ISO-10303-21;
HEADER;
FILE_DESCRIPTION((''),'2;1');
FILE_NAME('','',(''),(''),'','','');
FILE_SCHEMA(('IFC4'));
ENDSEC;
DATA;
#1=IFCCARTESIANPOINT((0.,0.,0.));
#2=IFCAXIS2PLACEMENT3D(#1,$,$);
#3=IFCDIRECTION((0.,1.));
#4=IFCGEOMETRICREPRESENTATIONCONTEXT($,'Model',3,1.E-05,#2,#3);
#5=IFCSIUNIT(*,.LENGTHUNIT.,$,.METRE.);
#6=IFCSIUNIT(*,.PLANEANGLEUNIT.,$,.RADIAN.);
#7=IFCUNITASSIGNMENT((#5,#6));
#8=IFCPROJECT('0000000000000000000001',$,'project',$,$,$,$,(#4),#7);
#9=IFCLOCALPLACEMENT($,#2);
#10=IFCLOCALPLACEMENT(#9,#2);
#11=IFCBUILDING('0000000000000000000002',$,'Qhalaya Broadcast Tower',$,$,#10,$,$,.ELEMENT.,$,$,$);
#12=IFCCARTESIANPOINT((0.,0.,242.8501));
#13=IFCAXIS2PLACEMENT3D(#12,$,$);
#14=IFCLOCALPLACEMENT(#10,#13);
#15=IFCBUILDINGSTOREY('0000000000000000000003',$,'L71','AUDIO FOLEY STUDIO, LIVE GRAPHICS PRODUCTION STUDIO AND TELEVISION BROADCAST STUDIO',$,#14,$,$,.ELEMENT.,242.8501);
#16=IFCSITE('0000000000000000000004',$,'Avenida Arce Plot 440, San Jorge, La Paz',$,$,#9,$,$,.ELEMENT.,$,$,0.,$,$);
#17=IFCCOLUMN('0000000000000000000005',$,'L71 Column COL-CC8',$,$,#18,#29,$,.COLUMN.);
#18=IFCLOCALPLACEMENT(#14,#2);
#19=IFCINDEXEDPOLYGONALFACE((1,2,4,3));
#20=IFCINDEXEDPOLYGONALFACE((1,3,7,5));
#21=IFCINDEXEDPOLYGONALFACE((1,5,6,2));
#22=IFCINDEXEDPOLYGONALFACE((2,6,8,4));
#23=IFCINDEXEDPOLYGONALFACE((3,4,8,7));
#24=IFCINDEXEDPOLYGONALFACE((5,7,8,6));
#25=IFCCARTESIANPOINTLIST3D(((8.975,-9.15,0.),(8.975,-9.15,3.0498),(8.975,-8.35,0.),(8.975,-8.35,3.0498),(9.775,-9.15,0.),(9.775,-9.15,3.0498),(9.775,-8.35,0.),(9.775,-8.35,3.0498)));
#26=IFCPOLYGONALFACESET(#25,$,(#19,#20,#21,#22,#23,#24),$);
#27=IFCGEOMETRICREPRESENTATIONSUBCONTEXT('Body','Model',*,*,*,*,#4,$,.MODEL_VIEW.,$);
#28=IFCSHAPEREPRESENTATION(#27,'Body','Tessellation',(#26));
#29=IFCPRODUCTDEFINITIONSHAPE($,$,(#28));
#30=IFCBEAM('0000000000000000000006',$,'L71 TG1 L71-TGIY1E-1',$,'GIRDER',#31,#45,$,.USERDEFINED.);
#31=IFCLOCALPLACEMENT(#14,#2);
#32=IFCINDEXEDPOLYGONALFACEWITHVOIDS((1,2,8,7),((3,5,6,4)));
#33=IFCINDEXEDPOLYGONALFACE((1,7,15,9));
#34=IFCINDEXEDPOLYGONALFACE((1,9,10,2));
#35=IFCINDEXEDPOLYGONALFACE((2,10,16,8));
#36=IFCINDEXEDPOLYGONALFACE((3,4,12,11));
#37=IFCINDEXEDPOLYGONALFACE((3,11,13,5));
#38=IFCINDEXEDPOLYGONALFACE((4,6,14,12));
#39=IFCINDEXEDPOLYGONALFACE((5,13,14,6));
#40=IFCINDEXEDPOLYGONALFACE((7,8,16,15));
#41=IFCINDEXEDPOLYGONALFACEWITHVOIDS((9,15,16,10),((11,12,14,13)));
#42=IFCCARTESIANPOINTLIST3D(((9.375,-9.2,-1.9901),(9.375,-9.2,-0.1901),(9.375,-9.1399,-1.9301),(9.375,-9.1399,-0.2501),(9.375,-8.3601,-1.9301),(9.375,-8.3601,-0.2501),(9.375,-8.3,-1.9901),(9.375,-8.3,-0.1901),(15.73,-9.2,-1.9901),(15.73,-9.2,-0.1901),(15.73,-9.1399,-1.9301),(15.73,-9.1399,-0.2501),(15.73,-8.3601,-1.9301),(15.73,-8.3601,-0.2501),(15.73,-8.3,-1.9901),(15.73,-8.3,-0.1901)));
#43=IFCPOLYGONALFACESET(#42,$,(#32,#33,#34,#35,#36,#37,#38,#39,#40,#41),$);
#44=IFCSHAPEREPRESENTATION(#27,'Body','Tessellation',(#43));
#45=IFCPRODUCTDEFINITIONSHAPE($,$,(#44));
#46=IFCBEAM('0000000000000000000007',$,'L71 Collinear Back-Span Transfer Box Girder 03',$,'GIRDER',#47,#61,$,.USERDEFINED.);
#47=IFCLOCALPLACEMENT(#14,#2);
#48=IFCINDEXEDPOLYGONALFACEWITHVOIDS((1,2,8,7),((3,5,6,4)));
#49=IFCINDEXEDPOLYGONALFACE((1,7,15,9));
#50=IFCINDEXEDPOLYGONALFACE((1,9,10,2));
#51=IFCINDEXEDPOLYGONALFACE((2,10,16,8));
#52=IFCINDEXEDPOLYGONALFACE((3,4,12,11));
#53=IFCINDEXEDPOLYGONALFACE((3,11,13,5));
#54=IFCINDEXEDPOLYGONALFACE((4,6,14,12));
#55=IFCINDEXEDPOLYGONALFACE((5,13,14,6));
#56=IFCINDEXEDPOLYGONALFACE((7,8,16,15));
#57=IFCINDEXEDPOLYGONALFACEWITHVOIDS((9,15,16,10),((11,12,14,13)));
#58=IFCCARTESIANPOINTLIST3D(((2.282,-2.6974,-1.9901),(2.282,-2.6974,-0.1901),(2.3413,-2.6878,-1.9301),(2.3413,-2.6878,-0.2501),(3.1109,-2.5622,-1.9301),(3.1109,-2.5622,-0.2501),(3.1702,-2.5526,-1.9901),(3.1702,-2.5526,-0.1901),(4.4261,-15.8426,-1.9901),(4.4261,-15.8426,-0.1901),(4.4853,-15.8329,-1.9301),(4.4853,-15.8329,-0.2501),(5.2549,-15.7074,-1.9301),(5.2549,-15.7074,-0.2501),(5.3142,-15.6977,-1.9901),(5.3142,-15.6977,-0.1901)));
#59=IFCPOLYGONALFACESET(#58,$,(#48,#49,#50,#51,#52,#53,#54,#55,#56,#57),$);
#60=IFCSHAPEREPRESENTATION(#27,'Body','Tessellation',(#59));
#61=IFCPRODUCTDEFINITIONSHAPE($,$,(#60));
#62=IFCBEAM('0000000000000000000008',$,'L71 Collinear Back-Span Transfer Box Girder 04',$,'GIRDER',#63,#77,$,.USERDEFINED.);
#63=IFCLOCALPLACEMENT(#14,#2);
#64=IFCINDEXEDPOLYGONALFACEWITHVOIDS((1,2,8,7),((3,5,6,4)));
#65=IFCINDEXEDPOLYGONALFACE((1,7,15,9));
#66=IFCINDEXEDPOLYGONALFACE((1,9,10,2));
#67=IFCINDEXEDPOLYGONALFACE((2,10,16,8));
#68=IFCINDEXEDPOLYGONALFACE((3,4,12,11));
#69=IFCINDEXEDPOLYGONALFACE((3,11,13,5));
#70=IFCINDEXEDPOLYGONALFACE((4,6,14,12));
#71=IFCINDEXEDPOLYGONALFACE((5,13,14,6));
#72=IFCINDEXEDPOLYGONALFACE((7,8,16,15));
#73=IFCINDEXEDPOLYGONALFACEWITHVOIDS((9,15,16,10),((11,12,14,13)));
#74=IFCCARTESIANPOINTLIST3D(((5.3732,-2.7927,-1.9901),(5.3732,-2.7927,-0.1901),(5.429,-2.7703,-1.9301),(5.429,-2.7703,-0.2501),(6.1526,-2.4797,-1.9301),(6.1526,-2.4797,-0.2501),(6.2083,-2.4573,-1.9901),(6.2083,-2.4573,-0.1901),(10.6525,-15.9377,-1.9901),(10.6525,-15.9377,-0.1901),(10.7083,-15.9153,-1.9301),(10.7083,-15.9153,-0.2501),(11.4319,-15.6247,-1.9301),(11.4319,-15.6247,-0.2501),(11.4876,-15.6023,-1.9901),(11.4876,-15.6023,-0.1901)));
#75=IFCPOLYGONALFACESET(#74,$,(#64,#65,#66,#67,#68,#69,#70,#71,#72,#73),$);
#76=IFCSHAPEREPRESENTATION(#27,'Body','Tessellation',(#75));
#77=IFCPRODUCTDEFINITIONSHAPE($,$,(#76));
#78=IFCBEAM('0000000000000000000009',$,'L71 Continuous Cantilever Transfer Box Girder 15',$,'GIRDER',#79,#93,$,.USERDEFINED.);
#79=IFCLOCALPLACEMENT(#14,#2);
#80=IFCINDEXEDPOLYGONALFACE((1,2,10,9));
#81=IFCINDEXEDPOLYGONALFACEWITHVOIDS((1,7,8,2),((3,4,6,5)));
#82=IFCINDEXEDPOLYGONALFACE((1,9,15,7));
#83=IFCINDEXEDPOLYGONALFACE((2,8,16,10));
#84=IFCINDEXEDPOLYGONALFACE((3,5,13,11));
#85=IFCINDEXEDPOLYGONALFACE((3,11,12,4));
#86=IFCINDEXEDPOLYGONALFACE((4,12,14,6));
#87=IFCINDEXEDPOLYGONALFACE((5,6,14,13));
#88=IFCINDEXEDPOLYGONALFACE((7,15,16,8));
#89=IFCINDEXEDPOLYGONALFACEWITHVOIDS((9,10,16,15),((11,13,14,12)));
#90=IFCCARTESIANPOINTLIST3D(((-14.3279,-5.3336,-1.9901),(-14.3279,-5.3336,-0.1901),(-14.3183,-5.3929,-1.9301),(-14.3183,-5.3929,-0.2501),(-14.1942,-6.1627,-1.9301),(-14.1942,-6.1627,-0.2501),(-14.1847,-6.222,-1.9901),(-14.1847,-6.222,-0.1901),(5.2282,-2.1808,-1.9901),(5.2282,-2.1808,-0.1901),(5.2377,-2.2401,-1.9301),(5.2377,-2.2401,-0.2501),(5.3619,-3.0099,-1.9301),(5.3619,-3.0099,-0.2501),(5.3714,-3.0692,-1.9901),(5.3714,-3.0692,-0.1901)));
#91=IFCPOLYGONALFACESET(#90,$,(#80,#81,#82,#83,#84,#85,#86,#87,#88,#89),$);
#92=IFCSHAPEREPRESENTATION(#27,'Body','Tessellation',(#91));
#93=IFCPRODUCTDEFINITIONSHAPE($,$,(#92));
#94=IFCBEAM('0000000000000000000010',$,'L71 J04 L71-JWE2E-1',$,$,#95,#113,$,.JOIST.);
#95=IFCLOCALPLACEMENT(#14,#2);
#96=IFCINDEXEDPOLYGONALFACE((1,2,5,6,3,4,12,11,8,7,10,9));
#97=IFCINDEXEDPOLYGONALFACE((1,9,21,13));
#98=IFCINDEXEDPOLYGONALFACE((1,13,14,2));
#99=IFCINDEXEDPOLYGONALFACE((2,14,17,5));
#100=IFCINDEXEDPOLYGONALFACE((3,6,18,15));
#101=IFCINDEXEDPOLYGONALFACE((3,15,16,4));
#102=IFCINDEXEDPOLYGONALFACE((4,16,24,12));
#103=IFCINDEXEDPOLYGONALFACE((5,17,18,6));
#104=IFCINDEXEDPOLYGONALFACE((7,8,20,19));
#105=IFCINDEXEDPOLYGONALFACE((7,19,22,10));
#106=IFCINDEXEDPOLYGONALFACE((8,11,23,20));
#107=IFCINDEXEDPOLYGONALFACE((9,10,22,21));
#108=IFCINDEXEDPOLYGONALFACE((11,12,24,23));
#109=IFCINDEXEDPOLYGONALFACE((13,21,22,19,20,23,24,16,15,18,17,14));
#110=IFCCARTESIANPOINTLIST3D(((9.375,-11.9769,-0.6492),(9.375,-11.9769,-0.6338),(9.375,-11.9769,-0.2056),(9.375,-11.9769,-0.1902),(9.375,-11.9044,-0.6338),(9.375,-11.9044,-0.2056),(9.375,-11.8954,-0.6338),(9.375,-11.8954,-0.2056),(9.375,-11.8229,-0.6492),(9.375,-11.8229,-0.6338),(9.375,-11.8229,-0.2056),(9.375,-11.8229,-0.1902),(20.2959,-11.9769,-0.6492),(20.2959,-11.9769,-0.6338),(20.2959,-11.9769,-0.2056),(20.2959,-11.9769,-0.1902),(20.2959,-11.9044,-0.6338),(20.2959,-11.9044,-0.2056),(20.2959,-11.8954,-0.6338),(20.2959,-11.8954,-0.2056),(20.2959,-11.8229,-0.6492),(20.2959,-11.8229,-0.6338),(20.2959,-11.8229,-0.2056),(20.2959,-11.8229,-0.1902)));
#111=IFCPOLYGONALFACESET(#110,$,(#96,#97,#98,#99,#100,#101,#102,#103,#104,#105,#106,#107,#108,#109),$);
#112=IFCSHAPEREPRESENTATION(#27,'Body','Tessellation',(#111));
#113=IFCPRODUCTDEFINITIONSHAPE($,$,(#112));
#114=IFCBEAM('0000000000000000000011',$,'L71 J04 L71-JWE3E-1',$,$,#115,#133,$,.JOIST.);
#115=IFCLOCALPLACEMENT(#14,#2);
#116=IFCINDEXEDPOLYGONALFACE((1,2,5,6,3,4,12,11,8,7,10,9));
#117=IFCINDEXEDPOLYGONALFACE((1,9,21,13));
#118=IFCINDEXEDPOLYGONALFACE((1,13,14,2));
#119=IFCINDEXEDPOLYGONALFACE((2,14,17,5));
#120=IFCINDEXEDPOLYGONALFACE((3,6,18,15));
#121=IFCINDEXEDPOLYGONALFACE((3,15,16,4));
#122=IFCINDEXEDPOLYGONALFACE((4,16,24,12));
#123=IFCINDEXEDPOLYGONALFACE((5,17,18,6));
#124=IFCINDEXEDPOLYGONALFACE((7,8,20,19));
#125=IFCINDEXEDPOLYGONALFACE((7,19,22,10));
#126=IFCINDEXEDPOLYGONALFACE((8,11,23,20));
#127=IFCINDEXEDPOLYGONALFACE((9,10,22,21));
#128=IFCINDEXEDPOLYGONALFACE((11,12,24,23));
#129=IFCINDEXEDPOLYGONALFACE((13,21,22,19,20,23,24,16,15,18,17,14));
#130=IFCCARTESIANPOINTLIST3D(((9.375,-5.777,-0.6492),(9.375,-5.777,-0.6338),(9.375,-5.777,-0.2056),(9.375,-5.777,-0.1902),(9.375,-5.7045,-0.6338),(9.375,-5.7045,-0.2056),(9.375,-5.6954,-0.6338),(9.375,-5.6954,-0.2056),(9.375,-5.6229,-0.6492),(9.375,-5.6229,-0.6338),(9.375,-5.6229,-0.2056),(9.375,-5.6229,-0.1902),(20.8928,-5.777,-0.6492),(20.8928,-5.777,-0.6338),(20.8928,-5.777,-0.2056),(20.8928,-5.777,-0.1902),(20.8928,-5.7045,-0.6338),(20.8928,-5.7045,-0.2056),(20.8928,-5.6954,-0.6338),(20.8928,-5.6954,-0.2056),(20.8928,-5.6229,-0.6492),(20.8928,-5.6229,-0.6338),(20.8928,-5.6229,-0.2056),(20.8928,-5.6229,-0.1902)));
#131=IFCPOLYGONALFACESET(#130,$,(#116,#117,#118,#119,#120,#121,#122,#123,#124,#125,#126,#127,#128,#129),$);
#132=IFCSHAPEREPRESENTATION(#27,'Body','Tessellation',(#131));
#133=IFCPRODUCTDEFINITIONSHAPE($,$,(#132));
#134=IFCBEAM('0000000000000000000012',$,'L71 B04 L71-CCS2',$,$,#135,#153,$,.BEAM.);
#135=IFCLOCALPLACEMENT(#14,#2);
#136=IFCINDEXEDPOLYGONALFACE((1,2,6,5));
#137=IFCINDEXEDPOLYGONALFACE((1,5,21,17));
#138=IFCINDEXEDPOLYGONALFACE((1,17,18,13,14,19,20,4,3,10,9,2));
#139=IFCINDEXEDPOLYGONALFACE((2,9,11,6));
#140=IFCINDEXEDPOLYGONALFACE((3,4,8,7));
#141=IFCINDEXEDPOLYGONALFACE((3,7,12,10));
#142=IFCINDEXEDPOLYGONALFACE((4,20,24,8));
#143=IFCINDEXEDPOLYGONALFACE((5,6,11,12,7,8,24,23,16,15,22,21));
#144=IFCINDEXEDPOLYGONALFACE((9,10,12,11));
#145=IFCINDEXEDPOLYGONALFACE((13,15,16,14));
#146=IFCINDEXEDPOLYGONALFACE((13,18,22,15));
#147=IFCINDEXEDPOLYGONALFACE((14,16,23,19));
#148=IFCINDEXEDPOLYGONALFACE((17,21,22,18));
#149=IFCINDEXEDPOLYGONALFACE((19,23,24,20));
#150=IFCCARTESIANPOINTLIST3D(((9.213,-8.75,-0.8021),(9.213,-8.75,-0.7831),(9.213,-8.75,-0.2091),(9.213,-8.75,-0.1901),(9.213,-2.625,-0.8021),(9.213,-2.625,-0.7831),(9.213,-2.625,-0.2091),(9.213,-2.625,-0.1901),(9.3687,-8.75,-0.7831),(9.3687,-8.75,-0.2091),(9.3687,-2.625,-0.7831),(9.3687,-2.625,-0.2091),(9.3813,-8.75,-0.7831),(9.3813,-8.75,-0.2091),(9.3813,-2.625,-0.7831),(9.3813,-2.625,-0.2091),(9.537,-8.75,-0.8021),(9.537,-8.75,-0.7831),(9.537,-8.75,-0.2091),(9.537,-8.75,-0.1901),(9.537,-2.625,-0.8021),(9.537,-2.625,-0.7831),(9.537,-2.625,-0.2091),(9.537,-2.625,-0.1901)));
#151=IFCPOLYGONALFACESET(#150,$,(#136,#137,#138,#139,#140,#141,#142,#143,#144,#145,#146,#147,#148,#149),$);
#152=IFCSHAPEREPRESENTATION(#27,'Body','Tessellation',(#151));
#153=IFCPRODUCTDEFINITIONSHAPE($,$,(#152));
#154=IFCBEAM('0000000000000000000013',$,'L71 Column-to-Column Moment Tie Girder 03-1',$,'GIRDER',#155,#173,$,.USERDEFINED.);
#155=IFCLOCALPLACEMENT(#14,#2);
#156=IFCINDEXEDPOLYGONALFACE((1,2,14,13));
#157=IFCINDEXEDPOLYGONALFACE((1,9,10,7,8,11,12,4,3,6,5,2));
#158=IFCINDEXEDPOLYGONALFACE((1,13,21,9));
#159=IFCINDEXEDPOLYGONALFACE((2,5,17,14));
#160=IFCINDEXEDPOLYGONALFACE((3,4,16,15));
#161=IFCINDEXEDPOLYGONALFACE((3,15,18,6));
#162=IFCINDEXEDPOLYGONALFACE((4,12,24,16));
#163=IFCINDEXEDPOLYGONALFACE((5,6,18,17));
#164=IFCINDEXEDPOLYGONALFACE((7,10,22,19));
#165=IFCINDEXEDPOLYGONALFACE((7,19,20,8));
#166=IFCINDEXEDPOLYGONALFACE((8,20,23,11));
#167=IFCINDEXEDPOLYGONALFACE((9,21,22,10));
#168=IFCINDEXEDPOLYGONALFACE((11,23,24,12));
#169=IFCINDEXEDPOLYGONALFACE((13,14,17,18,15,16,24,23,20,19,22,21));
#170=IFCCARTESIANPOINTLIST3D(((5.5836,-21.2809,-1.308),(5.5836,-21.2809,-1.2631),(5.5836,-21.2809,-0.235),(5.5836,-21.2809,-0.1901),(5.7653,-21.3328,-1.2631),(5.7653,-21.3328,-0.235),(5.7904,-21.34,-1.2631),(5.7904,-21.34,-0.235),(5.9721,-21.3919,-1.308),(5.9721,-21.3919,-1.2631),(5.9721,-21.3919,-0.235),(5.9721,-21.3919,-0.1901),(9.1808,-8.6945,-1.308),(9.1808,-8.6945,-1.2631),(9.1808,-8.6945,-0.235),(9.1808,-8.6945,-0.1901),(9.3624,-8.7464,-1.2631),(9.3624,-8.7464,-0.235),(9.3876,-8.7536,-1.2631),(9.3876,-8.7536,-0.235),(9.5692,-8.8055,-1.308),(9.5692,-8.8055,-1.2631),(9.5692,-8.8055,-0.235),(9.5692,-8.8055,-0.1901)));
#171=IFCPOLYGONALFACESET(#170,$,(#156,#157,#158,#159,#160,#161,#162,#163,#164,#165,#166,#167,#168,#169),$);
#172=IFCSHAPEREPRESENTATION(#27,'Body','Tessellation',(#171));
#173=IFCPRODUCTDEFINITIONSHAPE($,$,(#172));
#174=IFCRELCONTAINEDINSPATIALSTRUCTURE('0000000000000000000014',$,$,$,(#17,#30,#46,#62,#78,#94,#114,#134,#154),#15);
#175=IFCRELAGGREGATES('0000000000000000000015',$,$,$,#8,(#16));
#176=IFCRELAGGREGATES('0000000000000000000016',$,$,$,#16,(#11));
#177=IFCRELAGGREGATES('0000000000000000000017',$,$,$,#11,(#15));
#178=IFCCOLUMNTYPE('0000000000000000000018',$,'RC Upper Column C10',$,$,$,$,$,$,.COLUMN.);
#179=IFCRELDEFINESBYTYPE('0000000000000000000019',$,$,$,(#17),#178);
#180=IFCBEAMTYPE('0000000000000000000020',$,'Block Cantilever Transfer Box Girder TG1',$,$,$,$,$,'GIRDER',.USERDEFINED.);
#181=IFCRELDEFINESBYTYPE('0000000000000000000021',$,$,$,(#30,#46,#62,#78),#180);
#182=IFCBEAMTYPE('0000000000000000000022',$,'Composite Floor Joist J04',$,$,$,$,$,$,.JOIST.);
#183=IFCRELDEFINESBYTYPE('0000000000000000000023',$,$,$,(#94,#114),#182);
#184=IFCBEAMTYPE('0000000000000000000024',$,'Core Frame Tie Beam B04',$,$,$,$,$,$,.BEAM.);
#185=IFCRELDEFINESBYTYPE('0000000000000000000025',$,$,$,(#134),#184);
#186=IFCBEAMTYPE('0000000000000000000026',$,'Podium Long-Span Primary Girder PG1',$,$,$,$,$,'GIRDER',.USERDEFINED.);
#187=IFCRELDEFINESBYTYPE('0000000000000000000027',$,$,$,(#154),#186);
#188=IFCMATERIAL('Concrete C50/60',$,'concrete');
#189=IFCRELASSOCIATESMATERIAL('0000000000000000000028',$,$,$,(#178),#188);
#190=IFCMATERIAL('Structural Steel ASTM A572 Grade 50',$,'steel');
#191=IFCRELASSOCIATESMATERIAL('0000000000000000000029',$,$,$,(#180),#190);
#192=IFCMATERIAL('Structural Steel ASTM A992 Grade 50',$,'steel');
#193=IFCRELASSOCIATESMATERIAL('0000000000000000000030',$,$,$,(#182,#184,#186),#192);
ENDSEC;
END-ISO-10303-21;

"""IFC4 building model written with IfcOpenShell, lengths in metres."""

from ifc_helpers import new_model, si_unit, direction, frame, origin, origin_2d, place, context, subcontext, project, spatial, rectangle, hollow_rectangle, i_section, extrude, material, material_profile, profile_set, type_object, element, save


model = new_model("IFC4")

# Units and contexts
model_context = context("Model", 3, precision=1e-05, world=origin(), true_north=direction((0.0, 1.0)))
body_context = subcontext(model_context, "Body", "Model", "MODEL_VIEW")
ifc_project = project(units=[si_unit("LENGTHUNIT", "METRE"), si_unit("PLANEANGLEUNIT", "RADIAN")], contexts=[model_context])

# Site, building, storey
site_placement = place(None, origin())
site = spatial("IfcSite", under=ifc_project, at=site_placement, Name="Avenida Arce Plot 440, San Jorge, La Paz", CompositionType="ELEMENT", RefElevation=0.0)
building_placement = place(site_placement, origin())
building = spatial("IfcBuilding", under=site, at=building_placement, Name="Qhalaya Broadcast Tower", CompositionType="ELEMENT")
storey_placement = place(building_placement, frame((0.0, 0.0, 242.8501)))
storey = spatial("IfcBuildingStorey", under=building, at=storey_placement, Name="L71", Description="AUDIO FOLEY STUDIO, LIVE GRAPHICS PRODUCTION STUDIO AND TELEVISION BROADCAST STUDIO", CompositionType="ELEMENT", Elevation=242.8501)

# Column
ifc_material_1 = material(Name="Concrete C50/60", Category="concrete")
ifc_material_profile_1 = material_profile(ifc_material_1, rectangle(XDim=0.8, YDim=0.8, at=origin_2d()), Name="RC-COL 800x800")
ifc_profile_set_1 = profile_set([ifc_material_profile_1], Name="Concrete C50/60")
column_type = type_object("IfcColumnType", Name="RC Upper Column C10", PredefinedType="COLUMN", material=ifc_profile_set_1)
column_placement = place(storey_placement, frame((9.375, -8.75, 0.0), z_axis=(0.0, 0.0, 1.0), x_axis=(1.0, 0.0, 0.0)))
element("IfcColumn", 1, at=column_placement, inside=storey, type_object=column_type, Name="L71 Column COL-CC8", PredefinedType="COLUMN", context=body_context, shape_type="SweptSolid", body=[
    extrude(rectangle(XDim=0.8, YDim=0.8, at=origin_2d()), origin(), (0.0, 0.0, 1.0), 3.0498),
])

# Beams
ifc_material_2 = material(Name="Structural Steel ASTM A572 Grade 50", Category="steel")
ifc_material_profile_2 = material_profile(ifc_material_2, hollow_rectangle(XDim=0.8999, YDim=1.8, WallThickness=0.0601, at=origin_2d()), Name="BOX 900x1800x60")
ifc_profile_set_2 = profile_set([ifc_material_profile_2], Name="Structural Steel ASTM A572 Grade 50")
beam_type_1 = type_object("IfcBeamType", Name="Block Cantilever Transfer Box Girder TG1", ElementType="GIRDER", PredefinedType="USERDEFINED", material=ifc_profile_set_2)
beam_1_placement = place(storey_placement, frame((9.375, -8.75, -1.0901), z_axis=(1.0, 0.0, 0.0), x_axis=(0.0, 1.0, 0.0)))
element("IfcBeam", 2, at=beam_1_placement, inside=storey, type_object=beam_type_1, Name="L71 TG1 L71-TGIY1E-1", ObjectType="GIRDER", PredefinedType="USERDEFINED", context=body_context, shape_type="SweptSolid", body=[
    extrude(hollow_rectangle(XDim=0.8999, YDim=1.8, WallThickness=0.0601, at=origin_2d()), origin(), (0.0, 0.0, 1.0), 6.355),
])
beam_2_placement = place(storey_placement, frame((2.7261, -2.625, -1.0901), z_axis=(0.16098, -0.986958, 0.0), x_axis=(0.986958, 0.16098, 0.0)))
element("IfcBeam", 3, at=beam_2_placement, inside=storey, type_object=beam_type_1, Name="L71 Collinear Back-Span Transfer Box Girder 03", ObjectType="GIRDER", PredefinedType="USERDEFINED", context=body_context, shape_type="SweptSolid", body=[
    extrude(hollow_rectangle(XDim=0.8999, YDim=1.8, WallThickness=0.0601, at=origin_2d()), origin(), (0.0, 0.0, 1.0), 13.3188),
])
beam_3_placement = place(storey_placement, frame((5.7908, -2.625, -1.0901), z_axis=(0.372686, -0.927958, 0.0), x_axis=(0.927958, 0.372686, 0.0)))
element("IfcBeam", 4, at=beam_3_placement, inside=storey, type_object=beam_type_1, Name="L71 Collinear Back-Span Transfer Box Girder 04", ObjectType="GIRDER", PredefinedType="USERDEFINED", context=body_context, shape_type="SweptSolid", body=[
    extrude(hollow_rectangle(XDim=0.8999, YDim=1.8, WallThickness=0.0601, at=origin_2d()), origin(), (0.0, 0.0, 1.0), 14.1655),
])
beam_4_placement = place(storey_placement, frame((5.2998, -2.625, -1.0901), z_axis=(-0.987252, -0.159164, 0.0), x_axis=(0.159164, -0.987252, 0.0)))
element("IfcBeam", 5, at=beam_4_placement, inside=storey, type_object=beam_type_1, Name="L71 Continuous Cantilever Transfer Box Girder 15", ObjectType="GIRDER", PredefinedType="USERDEFINED", context=body_context, shape_type="SweptSolid", body=[
    extrude(hollow_rectangle(XDim=0.8999, YDim=1.8, WallThickness=0.0601, at=origin_2d()), origin(), (0.0, 0.0, 1.0), 19.8086),
])
ifc_material_3 = material(Name="Structural Steel ASTM A992 Grade 50", Category="steel")
ifc_material_profile_3 = material_profile(ifc_material_3, i_section(OverallWidth=0.1541, OverallDepth=0.459, WebThickness=0.009, FlangeThickness=0.0154, at=origin_2d()), Name="W18X46")
ifc_profile_set_3 = profile_set([ifc_material_profile_3], Name="Structural Steel ASTM A992 Grade 50")
beam_type_2 = type_object("IfcBeamType", Name="Composite Floor Joist J04", PredefinedType="JOIST", material=ifc_profile_set_3)
beam_5_placement = place(storey_placement, frame((9.375, -11.8999, -0.4197), z_axis=(1.0, 0.0, 0.0), x_axis=(0.0, 1.0, 0.0)))
element("IfcBeam", 6, at=beam_5_placement, inside=storey, type_object=beam_type_2, Name="L71 J04 L71-JWE2E-1", PredefinedType="JOIST", context=body_context, shape_type="SweptSolid", body=[
    extrude(i_section(OverallWidth=0.1541, OverallDepth=0.459, WebThickness=0.009, FlangeThickness=0.0154, at=origin_2d()), origin(), (0.0, 0.0, 1.0), 10.9209),
])
beam_6_placement = place(storey_placement, frame((9.375, -5.7, -0.4197), z_axis=(1.0, 0.0, 0.0), x_axis=(0.0, 1.0, 0.0)))
element("IfcBeam", 7, at=beam_6_placement, inside=storey, type_object=beam_type_2, Name="L71 J04 L71-JWE3E-1", PredefinedType="JOIST", context=body_context, shape_type="SweptSolid", body=[
    extrude(i_section(OverallWidth=0.1541, OverallDepth=0.459, WebThickness=0.009, FlangeThickness=0.0154, at=origin_2d()), origin(), (0.0, 0.0, 1.0), 11.5178),
])
ifc_material_profile_4 = material_profile(ifc_material_3, i_section(OverallWidth=0.324, OverallDepth=0.6121, WebThickness=0.0127, FlangeThickness=0.019, at=origin_2d()), Name="W24X104")
ifc_profile_set_4 = profile_set([ifc_material_profile_4], Name="Structural Steel ASTM A992 Grade 50")
beam_type_3 = type_object("IfcBeamType", Name="Core Frame Tie Beam B04", PredefinedType="BEAM", material=ifc_profile_set_4)
beam_7_placement = place(storey_placement, frame((9.375, -8.75, -0.4961), z_axis=(0.0, 1.0, 0.0), x_axis=(-1.0, 0.0, 0.0)))
element("IfcBeam", 8, at=beam_7_placement, inside=storey, type_object=beam_type_3, Name="L71 B04 L71-CCS2", PredefinedType="BEAM", context=body_context, shape_type="SweptSolid", body=[
    extrude(i_section(OverallWidth=0.324, OverallDepth=0.6121, WebThickness=0.0127, FlangeThickness=0.019, at=origin_2d()), origin(), (0.0, 0.0, 1.0), 6.125),
])
ifc_material_profile_5 = material_profile(ifc_material_3, i_section(OverallWidth=0.4041, OverallDepth=1.1179, WebThickness=0.0261, FlangeThickness=0.0449, at=origin_2d()), Name="W44X335")
ifc_profile_set_5 = profile_set([ifc_material_profile_5], Name="Structural Steel ASTM A992 Grade 50")
beam_type_4 = type_object("IfcBeamType", Name="Podium Long-Span Primary Girder PG1", ElementType="GIRDER", PredefinedType="USERDEFINED", material=ifc_profile_set_5)
beam_8_placement = place(storey_placement, frame((9.375, -8.75, -0.749), z_axis=(-0.274795, -0.961503, 0.0), x_axis=(0.961503, -0.274795, 0.0)))
element("IfcBeam", 9, at=beam_8_placement, inside=storey, type_object=beam_type_4, Name="L71 Column-to-Column Moment Tie Girder 03-1", ObjectType="GIRDER", PredefinedType="USERDEFINED", context=body_context, shape_type="SweptSolid", body=[
    extrude(i_section(OverallWidth=0.4041, OverallDepth=1.1179, WebThickness=0.0261, FlangeThickness=0.0449, at=origin_2d()), origin(), (0.0, 0.0, 1.0), 13.0903),
])

save(model, "model.ifc")
